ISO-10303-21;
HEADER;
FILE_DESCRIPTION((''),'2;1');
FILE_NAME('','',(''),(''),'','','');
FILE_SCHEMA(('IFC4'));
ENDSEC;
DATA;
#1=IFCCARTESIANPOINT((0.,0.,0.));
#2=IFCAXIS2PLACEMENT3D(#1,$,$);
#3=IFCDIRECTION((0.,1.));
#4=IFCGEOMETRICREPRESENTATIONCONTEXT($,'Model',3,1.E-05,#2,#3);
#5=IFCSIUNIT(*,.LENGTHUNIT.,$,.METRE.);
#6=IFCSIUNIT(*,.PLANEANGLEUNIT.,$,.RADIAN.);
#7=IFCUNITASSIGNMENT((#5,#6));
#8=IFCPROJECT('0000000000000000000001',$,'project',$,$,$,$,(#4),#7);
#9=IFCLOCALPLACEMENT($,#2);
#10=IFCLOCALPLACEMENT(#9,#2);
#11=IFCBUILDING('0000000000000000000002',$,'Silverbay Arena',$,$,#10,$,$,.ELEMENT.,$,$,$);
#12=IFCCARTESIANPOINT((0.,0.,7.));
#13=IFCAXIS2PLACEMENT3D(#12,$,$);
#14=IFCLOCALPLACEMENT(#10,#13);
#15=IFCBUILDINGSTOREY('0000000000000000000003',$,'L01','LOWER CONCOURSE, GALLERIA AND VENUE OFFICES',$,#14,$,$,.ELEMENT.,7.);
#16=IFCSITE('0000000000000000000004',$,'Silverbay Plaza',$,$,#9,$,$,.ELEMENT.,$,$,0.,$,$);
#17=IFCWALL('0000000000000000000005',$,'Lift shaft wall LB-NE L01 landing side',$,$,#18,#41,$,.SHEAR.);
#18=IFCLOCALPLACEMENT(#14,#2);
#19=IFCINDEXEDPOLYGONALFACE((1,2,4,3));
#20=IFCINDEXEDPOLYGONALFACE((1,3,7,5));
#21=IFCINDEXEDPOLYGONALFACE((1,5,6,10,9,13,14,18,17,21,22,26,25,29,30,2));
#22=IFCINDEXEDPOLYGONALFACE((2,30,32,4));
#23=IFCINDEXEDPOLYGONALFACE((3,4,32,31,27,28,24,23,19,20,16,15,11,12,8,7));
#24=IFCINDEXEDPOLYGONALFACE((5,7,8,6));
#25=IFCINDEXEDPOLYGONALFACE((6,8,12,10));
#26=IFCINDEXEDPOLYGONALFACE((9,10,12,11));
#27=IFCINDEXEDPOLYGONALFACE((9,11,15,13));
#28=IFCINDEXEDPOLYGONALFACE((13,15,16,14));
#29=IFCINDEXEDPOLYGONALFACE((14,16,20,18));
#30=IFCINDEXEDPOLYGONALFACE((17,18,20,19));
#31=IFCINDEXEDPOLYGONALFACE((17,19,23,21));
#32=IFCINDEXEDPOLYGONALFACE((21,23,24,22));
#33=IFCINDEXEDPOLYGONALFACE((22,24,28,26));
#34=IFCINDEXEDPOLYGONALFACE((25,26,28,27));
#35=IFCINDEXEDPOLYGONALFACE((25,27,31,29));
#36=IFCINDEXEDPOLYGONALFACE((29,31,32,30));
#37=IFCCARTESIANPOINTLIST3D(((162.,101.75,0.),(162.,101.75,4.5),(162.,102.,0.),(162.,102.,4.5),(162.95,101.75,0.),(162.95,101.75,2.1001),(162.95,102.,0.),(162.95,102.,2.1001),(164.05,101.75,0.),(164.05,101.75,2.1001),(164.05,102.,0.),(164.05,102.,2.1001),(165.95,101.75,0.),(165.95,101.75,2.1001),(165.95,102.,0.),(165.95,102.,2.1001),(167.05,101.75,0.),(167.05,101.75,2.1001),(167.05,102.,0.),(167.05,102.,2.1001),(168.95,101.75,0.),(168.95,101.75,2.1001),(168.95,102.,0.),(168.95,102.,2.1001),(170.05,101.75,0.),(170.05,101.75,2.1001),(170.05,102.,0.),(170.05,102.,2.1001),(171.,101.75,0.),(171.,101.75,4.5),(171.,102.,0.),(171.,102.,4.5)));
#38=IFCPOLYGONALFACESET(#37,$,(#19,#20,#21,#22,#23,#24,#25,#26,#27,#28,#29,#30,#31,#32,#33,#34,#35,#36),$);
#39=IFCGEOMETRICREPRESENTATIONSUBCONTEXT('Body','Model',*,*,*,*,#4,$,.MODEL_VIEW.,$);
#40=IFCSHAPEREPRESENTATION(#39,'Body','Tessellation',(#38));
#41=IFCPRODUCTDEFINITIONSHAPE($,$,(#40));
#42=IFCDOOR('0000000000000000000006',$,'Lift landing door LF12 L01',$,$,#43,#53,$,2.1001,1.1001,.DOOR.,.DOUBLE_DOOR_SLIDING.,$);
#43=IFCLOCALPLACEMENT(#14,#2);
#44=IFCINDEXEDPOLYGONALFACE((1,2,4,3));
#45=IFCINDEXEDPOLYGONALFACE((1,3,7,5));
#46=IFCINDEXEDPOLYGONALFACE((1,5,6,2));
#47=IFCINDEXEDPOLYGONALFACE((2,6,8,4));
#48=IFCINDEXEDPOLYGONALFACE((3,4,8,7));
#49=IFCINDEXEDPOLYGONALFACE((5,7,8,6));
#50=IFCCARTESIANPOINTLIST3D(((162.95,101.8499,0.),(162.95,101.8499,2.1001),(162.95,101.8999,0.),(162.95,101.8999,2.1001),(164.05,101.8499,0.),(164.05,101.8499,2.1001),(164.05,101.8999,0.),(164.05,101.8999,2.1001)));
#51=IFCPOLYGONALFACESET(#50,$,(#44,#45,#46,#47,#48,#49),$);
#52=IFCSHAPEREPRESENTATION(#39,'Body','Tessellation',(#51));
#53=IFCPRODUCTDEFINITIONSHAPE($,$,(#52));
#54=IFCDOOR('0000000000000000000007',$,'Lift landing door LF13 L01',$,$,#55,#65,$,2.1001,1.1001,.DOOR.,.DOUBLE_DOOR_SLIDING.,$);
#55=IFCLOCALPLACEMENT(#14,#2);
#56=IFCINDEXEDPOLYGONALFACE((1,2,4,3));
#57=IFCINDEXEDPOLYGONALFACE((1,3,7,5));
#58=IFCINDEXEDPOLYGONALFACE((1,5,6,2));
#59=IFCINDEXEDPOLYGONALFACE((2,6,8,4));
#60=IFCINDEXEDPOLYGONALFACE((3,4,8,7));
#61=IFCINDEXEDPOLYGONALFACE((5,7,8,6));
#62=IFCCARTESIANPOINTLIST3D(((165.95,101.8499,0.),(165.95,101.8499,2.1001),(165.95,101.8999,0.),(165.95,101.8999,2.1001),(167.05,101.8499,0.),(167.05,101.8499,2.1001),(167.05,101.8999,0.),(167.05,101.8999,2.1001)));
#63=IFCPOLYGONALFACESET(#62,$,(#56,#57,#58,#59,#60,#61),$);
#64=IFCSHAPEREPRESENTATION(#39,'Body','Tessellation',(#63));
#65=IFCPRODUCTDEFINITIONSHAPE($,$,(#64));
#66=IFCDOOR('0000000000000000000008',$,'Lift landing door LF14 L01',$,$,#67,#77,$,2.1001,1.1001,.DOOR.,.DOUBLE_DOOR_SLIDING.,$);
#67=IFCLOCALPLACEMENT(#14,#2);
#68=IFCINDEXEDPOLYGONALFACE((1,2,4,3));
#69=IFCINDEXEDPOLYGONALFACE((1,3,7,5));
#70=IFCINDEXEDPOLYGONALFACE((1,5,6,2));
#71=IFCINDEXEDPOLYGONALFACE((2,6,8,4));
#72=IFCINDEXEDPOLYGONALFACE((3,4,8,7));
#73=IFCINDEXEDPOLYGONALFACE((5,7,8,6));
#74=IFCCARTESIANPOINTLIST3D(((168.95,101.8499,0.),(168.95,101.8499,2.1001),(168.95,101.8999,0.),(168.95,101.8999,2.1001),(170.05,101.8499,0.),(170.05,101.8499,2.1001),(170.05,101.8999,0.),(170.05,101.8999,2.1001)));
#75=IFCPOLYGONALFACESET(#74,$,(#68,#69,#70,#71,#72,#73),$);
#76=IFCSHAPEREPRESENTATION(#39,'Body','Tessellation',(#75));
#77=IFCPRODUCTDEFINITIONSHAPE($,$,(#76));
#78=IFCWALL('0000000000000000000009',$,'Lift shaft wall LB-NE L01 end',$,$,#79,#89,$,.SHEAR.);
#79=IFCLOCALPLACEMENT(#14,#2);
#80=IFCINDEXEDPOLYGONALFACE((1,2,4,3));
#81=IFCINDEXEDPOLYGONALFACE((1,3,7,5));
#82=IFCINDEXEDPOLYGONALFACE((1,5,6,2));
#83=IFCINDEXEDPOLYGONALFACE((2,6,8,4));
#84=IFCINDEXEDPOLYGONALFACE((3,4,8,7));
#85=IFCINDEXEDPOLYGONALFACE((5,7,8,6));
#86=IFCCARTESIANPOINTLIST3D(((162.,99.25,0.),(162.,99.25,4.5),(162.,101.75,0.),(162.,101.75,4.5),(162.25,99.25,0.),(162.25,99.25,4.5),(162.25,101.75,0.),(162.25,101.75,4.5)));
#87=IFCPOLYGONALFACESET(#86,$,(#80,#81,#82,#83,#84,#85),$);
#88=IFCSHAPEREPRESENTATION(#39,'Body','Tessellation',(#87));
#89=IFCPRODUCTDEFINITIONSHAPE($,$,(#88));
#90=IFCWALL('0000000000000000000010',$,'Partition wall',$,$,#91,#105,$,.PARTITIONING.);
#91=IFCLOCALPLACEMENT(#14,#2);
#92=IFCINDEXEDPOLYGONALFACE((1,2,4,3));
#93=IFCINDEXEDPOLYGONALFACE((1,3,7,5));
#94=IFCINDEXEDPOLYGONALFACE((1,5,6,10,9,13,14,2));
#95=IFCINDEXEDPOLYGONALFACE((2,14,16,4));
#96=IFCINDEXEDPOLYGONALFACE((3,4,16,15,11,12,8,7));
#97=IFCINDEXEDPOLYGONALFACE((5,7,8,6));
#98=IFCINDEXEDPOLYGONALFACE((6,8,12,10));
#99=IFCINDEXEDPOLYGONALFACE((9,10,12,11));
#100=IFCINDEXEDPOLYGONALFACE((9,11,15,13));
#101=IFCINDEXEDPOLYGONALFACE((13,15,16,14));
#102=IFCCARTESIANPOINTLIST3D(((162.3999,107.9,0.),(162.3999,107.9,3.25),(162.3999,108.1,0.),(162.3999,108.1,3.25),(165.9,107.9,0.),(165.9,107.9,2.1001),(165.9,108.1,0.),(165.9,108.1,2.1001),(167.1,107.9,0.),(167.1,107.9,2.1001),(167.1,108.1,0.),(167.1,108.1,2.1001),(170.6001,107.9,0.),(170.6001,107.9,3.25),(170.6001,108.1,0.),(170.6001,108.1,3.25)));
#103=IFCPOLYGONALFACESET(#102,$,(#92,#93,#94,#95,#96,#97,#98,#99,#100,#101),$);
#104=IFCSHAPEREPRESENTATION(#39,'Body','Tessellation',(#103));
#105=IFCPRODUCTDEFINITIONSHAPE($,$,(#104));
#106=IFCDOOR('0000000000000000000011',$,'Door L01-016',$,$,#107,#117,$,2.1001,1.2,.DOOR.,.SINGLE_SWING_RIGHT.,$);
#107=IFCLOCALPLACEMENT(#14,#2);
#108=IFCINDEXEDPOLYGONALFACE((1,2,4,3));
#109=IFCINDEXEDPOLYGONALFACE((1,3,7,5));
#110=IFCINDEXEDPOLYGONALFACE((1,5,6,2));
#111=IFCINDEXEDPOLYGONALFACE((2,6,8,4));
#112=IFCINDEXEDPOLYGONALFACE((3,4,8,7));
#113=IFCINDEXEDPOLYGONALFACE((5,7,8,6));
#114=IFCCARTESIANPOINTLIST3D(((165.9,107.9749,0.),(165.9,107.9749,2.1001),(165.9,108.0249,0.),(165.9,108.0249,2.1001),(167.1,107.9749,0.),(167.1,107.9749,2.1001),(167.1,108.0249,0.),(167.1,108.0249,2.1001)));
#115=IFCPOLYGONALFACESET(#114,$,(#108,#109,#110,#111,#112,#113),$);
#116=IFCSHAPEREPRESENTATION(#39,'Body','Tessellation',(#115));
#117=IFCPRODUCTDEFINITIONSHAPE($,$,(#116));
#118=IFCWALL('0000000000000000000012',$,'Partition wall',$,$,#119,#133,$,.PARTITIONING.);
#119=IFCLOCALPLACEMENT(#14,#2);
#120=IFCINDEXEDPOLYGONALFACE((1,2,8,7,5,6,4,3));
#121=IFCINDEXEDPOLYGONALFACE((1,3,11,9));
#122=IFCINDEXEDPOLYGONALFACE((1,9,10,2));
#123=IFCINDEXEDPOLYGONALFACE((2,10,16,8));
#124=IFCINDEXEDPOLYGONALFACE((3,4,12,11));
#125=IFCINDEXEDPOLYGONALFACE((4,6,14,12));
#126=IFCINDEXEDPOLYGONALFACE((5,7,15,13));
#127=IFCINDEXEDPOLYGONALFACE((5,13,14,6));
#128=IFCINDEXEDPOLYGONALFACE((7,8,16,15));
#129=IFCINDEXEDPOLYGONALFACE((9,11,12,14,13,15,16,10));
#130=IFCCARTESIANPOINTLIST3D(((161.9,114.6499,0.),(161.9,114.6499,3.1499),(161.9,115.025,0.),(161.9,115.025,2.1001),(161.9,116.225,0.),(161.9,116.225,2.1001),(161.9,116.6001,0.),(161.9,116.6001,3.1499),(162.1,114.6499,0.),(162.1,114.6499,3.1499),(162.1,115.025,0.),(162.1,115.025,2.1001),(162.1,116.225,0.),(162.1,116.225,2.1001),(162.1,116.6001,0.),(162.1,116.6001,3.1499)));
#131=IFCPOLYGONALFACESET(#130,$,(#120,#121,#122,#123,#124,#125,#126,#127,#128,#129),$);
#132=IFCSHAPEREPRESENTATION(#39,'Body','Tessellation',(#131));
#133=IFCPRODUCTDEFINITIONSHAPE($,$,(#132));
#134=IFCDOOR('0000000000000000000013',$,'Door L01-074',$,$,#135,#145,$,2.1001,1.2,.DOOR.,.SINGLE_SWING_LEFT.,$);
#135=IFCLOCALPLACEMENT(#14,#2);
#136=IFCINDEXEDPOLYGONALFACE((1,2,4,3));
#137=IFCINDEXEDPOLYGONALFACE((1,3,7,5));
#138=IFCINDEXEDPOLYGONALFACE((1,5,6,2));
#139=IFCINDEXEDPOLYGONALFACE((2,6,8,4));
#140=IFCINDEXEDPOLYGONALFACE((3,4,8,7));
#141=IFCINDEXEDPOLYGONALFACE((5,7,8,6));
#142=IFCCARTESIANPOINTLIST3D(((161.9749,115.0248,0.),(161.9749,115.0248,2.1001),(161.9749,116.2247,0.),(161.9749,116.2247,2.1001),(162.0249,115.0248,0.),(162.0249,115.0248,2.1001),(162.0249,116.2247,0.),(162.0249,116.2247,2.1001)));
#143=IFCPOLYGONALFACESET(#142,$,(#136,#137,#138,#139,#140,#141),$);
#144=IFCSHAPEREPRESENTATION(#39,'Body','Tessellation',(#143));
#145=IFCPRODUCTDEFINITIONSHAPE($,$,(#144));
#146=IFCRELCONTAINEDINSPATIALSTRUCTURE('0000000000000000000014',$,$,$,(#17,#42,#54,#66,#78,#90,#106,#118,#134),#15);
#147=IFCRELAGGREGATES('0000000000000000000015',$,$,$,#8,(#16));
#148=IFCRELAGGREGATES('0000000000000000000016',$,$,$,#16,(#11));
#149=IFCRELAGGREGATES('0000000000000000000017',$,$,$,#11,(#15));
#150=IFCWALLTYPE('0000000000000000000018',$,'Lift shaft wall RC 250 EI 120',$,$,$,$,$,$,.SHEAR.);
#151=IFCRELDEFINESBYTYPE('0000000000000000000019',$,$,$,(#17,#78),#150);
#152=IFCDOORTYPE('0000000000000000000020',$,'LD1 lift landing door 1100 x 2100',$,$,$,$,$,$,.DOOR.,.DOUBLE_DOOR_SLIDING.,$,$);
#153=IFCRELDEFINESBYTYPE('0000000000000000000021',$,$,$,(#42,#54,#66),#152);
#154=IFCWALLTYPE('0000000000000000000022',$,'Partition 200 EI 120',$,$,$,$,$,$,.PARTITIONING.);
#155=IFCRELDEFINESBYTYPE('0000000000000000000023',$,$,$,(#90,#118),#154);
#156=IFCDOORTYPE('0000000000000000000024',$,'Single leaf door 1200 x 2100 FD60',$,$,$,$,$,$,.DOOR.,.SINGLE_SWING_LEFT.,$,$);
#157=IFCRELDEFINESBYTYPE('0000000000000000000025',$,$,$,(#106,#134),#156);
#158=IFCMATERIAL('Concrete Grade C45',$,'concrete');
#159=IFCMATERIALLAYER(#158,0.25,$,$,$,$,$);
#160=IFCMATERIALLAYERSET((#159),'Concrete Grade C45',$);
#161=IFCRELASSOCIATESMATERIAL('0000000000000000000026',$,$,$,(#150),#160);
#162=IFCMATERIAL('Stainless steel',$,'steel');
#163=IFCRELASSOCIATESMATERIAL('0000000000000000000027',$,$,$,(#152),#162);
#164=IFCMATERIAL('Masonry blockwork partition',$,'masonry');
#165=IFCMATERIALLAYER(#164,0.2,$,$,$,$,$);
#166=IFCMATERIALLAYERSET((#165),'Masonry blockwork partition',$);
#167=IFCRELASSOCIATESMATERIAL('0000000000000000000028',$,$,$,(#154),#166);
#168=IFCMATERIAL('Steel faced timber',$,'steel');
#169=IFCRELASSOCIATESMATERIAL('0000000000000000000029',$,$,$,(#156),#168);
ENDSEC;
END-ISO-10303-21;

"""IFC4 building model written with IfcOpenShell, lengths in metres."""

from ifc_helpers import new_model, si_unit, direction, frame, frame_2d, origin, place, context, subcontext, project, spatial, rectangle, extrude, material, layer, layer_set, type_object, element, fill, save


model = new_model("IFC4")

# Units and contexts
model_context = context("Model", 3, precision=1e-05, world=origin(), true_north=direction((0.0, 1.0)))
body_context = subcontext(model_context, "Body", "Model", "MODEL_VIEW")
ifc_project = project(units=[si_unit("LENGTHUNIT", "METRE"), si_unit("PLANEANGLEUNIT", "RADIAN")], contexts=[model_context])

# Site, building, storey
site_placement = place(None, origin())
site = spatial("IfcSite", under=ifc_project, at=site_placement, Name="Silverbay Plaza", CompositionType="ELEMENT", RefElevation=0.0)
building_placement = place(site_placement, origin())
building = spatial("IfcBuilding", under=site, at=building_placement, Name="Silverbay Arena", CompositionType="ELEMENT")
storey_placement = place(building_placement, frame((0.0, 0.0, 7.0)))
storey = spatial("IfcBuildingStorey", under=building, at=storey_placement, Name="L01", Description="LOWER CONCOURSE, GALLERIA AND VENUE OFFICES", CompositionType="ELEMENT", Elevation=7.0)

# Wall, openings, doors
ifc_material_1 = material(Name="Concrete Grade C45", Category="concrete")
ifc_layer_1 = layer(ifc_material_1, 0.25)
ifc_layer_set_1 = layer_set([ifc_layer_1], Name="Concrete Grade C45")
wall_type_1 = type_object("IfcWallType", Name="Lift shaft wall RC 250 EI 120", PredefinedType="SHEAR", material=ifc_layer_set_1)
wall_1_placement = place(storey_placement, frame((162.0, 101.875, 0.0), z_axis=(0.0, 0.0, 1.0), x_axis=(1.0, 0.0, 0.0)))
wall_1 = element("IfcWall", 1, at=wall_1_placement, inside=storey, type_object=wall_type_1, Name="Lift shaft wall LB-NE L01 landing side", PredefinedType="SHEAR", context=body_context, shape_type="SweptSolid", body=[
    extrude(rectangle(XDim=9.0, YDim=0.25, at=frame_2d((4.5, 0.0))), origin(), (0.0, 0.0, 1.0), 4.5),
])
opening_1_placement = place(wall_1_placement, frame((0.95, 0.0, 0.0)))
opening_1 = element("IfcOpeningElement", 2, at=opening_1_placement, cuts=wall_1, PredefinedType="OPENING", context=body_context, shape_type="SweptSolid", body=[
    extrude(rectangle(XDim=1.1001, YDim=2.1001, at=frame_2d((0.55, 1.05))), frame((0.0, 0.135, 0.0), z_axis=(0.0, -1.0, 0.0), x_axis=(1.0, 0.0, 0.0)), (0.0, 0.0, 1.0), 0.27),
])
opening_2_placement = place(wall_1_placement, frame((3.95, 0.0, 0.0)))
opening_2 = element("IfcOpeningElement", 3, at=opening_2_placement, cuts=wall_1, PredefinedType="OPENING", context=body_context, shape_type="SweptSolid", body=[
    extrude(rectangle(XDim=1.1001, YDim=2.1001, at=frame_2d((0.55, 1.05))), frame((0.0, 0.135, 0.0), z_axis=(0.0, -1.0, 0.0), x_axis=(1.0, 0.0, 0.0)), (0.0, 0.0, 1.0), 0.27),
])
opening_3_placement = place(wall_1_placement, frame((6.95, 0.0, 0.0)))
opening_3 = element("IfcOpeningElement", 4, at=opening_3_placement, cuts=wall_1, PredefinedType="OPENING", context=body_context, shape_type="SweptSolid", body=[
    extrude(rectangle(XDim=1.1001, YDim=2.1001, at=frame_2d((0.55, 1.05))), frame((0.0, 0.135, 0.0), z_axis=(0.0, -1.0, 0.0), x_axis=(1.0, 0.0, 0.0)), (0.0, 0.0, 1.0), 0.27),
])
ifc_material_2 = material(Name="Stainless steel", Category="steel")
door_type_1 = type_object("IfcDoorType", Name="LD1 lift landing door 1100 x 2100", OperationType="DOUBLE_DOOR_SLIDING", PredefinedType="DOOR", material=ifc_material_2)
door_1_placement = place(opening_1_placement, origin())
door_1 = element("IfcDoor", 5, at=door_1_placement, inside=storey, type_object=door_type_1, Name="Lift landing door LF12 L01", OperationType="DOUBLE_DOOR_SLIDING", OverallHeight=2.1001, OverallWidth=1.1001, PredefinedType="DOOR", context=body_context, shape_type="SweptSolid", body=[
    extrude(rectangle(XDim=1.1001, YDim=2.1001, at=frame_2d((0.55, 1.05))), frame((0.0, 0.0249, 0.0), z_axis=(0.0, -1.0, 0.0), x_axis=(1.0, 0.0, 0.0)), (0.0, 0.0, 1.0), 0.05),
])
fill(opening_1, door_1)
door_2_placement = place(opening_2_placement, origin())
door_2 = element("IfcDoor", 6, at=door_2_placement, inside=storey, type_object=door_type_1, Name="Lift landing door LF13 L01", OperationType="DOUBLE_DOOR_SLIDING", OverallHeight=2.1001, OverallWidth=1.1001, PredefinedType="DOOR", context=body_context, shape_type="SweptSolid", body=[
    extrude(rectangle(XDim=1.1001, YDim=2.1001, at=frame_2d((0.55, 1.05))), frame((0.0, 0.0249, 0.0), z_axis=(0.0, -1.0, 0.0), x_axis=(1.0, 0.0, 0.0)), (0.0, 0.0, 1.0), 0.05),
])
fill(opening_2, door_2)
door_3_placement = place(opening_3_placement, origin())
door_3 = element("IfcDoor", 7, at=door_3_placement, inside=storey, type_object=door_type_1, Name="Lift landing door LF14 L01", OperationType="DOUBLE_DOOR_SLIDING", OverallHeight=2.1001, OverallWidth=1.1001, PredefinedType="DOOR", context=body_context, shape_type="SweptSolid", body=[
    extrude(rectangle(XDim=1.1001, YDim=2.1001, at=frame_2d((0.55, 1.05))), frame((0.0, 0.0249, 0.0), z_axis=(0.0, -1.0, 0.0), x_axis=(1.0, 0.0, 0.0)), (0.0, 0.0, 1.0), 0.05),
])
fill(opening_3, door_3)

# Wall
wall_2_placement = place(storey_placement, frame((162.125, 99.25, 0.0), z_axis=(0.0, 0.0, 1.0), x_axis=(0.0, 1.0, 0.0)))
element("IfcWall", 8, at=wall_2_placement, inside=storey, type_object=wall_type_1, Name="Lift shaft wall LB-NE L01 end", PredefinedType="SHEAR", context=body_context, shape_type="SweptSolid", body=[
    extrude(rectangle(XDim=2.5, YDim=0.25, at=frame_2d((1.25, 0.0))), origin(), (0.0, 0.0, 1.0), 4.5),
])

# Walls, openings, doors
ifc_material_3 = material(Name="Masonry blockwork partition", Category="masonry")
ifc_layer_2 = layer(ifc_material_3, 0.2)
ifc_layer_set_2 = layer_set([ifc_layer_2], Name="Masonry blockwork partition")
wall_type_2 = type_object("IfcWallType", Name="Partition 200 EI 120", PredefinedType="PARTITIONING", material=ifc_layer_set_2)
wall_3_placement = place(storey_placement, frame((162.3999, 108.0, 0.0), z_axis=(0.0, 0.0, 1.0), x_axis=(1.0, 0.0, 0.0)))
wall_3 = element("IfcWall", 9, at=wall_3_placement, inside=storey, type_object=wall_type_2, Name="Partition wall", PredefinedType="PARTITIONING", context=body_context, shape_type="SweptSolid", body=[
    extrude(rectangle(XDim=8.2002, YDim=0.2, at=frame_2d((4.1001, 0.0))), origin(), (0.0, 0.0, 1.0), 3.25),
])
opening_4_placement = place(wall_3_placement, frame((3.5, 0.0, 0.0)))
opening_4 = element("IfcOpeningElement", 10, at=opening_4_placement, cuts=wall_3, PredefinedType="OPENING", context=body_context, shape_type="SweptSolid", body=[
    extrude(rectangle(XDim=1.2, YDim=2.1001, at=frame_2d((0.6001, 1.05))), frame((0.0, 0.1099, 0.0), z_axis=(0.0, -1.0, 0.0), x_axis=(1.0, 0.0, 0.0)), (0.0, 0.0, 1.0), 0.22),
])
ifc_material_4 = material(Name="Steel faced timber", Category="steel")
door_type_2 = type_object("IfcDoorType", Name="Single leaf door 1200 x 2100 FD60", OperationType="SINGLE_SWING_LEFT", PredefinedType="DOOR", material=ifc_material_4)
door_4_placement = place(opening_4_placement, origin())
door_4 = element("IfcDoor", 11, at=door_4_placement, inside=storey, type_object=door_type_2, Name="Door L01-016", OperationType="SINGLE_SWING_RIGHT", OverallHeight=2.1001, OverallWidth=1.2, PredefinedType="DOOR", context=body_context, shape_type="SweptSolid", body=[
    extrude(rectangle(XDim=1.2, YDim=2.1001, at=frame_2d((0.6001, 1.05))), frame((0.0, 0.0249, 0.0), z_axis=(0.0, -1.0, 0.0), x_axis=(1.0, 0.0, 0.0)), (0.0, 0.0, 1.0), 0.05),
])
fill(opening_4, door_4)
wall_4_placement = place(storey_placement, frame((162.0, 114.6499, 0.0), z_axis=(0.0, 0.0, 1.0), x_axis=(0.0, 1.0, 0.0)))
wall_4 = element("IfcWall", 12, at=wall_4_placement, inside=storey, type_object=wall_type_2, Name="Partition wall", PredefinedType="PARTITIONING", context=body_context, shape_type="SweptSolid", body=[
    extrude(rectangle(XDim=1.9502, YDim=0.2, at=frame_2d((0.9751, 0.0))), origin(), (0.0, 0.0, 1.0), 3.1499),
])
opening_5_placement = place(wall_4_placement, frame((0.375, 0.0, 0.0)))
opening_5 = element("IfcOpeningElement", 13, at=opening_5_placement, cuts=wall_4, PredefinedType="OPENING", context=body_context, shape_type="SweptSolid", body=[
    extrude(rectangle(XDim=1.2, YDim=2.1001, at=frame_2d((0.6001, 1.05))), frame((0.0, 0.1099, 0.0), z_axis=(0.0, -1.0, 0.0), x_axis=(1.0, 0.0, 0.0)), (0.0, 0.0, 1.0), 0.22),
])
door_5_placement = place(opening_5_placement, frame((1.2, 0.0, 0.0), z_axis=(0.0, 0.0, 1.0), x_axis=(-1.0, 0.0, 0.0)))
door_5 = element("IfcDoor", 14, at=door_5_placement, inside=storey, type_object=door_type_2, Name="Door L01-074", OperationType="SINGLE_SWING_LEFT", OverallHeight=2.1001, OverallWidth=1.2, PredefinedType="DOOR", context=body_context, shape_type="SweptSolid", body=[
    extrude(rectangle(XDim=1.2, YDim=2.1001, at=frame_2d((0.6001, 1.05))), frame((0.0, 0.0249, 0.0), z_axis=(0.0, -1.0, 0.0), x_axis=(1.0, 0.0, 0.0)), (0.0, 0.0, 1.0), 0.05),
])
fill(opening_5, door_5)

save(model, "model.ifc")
